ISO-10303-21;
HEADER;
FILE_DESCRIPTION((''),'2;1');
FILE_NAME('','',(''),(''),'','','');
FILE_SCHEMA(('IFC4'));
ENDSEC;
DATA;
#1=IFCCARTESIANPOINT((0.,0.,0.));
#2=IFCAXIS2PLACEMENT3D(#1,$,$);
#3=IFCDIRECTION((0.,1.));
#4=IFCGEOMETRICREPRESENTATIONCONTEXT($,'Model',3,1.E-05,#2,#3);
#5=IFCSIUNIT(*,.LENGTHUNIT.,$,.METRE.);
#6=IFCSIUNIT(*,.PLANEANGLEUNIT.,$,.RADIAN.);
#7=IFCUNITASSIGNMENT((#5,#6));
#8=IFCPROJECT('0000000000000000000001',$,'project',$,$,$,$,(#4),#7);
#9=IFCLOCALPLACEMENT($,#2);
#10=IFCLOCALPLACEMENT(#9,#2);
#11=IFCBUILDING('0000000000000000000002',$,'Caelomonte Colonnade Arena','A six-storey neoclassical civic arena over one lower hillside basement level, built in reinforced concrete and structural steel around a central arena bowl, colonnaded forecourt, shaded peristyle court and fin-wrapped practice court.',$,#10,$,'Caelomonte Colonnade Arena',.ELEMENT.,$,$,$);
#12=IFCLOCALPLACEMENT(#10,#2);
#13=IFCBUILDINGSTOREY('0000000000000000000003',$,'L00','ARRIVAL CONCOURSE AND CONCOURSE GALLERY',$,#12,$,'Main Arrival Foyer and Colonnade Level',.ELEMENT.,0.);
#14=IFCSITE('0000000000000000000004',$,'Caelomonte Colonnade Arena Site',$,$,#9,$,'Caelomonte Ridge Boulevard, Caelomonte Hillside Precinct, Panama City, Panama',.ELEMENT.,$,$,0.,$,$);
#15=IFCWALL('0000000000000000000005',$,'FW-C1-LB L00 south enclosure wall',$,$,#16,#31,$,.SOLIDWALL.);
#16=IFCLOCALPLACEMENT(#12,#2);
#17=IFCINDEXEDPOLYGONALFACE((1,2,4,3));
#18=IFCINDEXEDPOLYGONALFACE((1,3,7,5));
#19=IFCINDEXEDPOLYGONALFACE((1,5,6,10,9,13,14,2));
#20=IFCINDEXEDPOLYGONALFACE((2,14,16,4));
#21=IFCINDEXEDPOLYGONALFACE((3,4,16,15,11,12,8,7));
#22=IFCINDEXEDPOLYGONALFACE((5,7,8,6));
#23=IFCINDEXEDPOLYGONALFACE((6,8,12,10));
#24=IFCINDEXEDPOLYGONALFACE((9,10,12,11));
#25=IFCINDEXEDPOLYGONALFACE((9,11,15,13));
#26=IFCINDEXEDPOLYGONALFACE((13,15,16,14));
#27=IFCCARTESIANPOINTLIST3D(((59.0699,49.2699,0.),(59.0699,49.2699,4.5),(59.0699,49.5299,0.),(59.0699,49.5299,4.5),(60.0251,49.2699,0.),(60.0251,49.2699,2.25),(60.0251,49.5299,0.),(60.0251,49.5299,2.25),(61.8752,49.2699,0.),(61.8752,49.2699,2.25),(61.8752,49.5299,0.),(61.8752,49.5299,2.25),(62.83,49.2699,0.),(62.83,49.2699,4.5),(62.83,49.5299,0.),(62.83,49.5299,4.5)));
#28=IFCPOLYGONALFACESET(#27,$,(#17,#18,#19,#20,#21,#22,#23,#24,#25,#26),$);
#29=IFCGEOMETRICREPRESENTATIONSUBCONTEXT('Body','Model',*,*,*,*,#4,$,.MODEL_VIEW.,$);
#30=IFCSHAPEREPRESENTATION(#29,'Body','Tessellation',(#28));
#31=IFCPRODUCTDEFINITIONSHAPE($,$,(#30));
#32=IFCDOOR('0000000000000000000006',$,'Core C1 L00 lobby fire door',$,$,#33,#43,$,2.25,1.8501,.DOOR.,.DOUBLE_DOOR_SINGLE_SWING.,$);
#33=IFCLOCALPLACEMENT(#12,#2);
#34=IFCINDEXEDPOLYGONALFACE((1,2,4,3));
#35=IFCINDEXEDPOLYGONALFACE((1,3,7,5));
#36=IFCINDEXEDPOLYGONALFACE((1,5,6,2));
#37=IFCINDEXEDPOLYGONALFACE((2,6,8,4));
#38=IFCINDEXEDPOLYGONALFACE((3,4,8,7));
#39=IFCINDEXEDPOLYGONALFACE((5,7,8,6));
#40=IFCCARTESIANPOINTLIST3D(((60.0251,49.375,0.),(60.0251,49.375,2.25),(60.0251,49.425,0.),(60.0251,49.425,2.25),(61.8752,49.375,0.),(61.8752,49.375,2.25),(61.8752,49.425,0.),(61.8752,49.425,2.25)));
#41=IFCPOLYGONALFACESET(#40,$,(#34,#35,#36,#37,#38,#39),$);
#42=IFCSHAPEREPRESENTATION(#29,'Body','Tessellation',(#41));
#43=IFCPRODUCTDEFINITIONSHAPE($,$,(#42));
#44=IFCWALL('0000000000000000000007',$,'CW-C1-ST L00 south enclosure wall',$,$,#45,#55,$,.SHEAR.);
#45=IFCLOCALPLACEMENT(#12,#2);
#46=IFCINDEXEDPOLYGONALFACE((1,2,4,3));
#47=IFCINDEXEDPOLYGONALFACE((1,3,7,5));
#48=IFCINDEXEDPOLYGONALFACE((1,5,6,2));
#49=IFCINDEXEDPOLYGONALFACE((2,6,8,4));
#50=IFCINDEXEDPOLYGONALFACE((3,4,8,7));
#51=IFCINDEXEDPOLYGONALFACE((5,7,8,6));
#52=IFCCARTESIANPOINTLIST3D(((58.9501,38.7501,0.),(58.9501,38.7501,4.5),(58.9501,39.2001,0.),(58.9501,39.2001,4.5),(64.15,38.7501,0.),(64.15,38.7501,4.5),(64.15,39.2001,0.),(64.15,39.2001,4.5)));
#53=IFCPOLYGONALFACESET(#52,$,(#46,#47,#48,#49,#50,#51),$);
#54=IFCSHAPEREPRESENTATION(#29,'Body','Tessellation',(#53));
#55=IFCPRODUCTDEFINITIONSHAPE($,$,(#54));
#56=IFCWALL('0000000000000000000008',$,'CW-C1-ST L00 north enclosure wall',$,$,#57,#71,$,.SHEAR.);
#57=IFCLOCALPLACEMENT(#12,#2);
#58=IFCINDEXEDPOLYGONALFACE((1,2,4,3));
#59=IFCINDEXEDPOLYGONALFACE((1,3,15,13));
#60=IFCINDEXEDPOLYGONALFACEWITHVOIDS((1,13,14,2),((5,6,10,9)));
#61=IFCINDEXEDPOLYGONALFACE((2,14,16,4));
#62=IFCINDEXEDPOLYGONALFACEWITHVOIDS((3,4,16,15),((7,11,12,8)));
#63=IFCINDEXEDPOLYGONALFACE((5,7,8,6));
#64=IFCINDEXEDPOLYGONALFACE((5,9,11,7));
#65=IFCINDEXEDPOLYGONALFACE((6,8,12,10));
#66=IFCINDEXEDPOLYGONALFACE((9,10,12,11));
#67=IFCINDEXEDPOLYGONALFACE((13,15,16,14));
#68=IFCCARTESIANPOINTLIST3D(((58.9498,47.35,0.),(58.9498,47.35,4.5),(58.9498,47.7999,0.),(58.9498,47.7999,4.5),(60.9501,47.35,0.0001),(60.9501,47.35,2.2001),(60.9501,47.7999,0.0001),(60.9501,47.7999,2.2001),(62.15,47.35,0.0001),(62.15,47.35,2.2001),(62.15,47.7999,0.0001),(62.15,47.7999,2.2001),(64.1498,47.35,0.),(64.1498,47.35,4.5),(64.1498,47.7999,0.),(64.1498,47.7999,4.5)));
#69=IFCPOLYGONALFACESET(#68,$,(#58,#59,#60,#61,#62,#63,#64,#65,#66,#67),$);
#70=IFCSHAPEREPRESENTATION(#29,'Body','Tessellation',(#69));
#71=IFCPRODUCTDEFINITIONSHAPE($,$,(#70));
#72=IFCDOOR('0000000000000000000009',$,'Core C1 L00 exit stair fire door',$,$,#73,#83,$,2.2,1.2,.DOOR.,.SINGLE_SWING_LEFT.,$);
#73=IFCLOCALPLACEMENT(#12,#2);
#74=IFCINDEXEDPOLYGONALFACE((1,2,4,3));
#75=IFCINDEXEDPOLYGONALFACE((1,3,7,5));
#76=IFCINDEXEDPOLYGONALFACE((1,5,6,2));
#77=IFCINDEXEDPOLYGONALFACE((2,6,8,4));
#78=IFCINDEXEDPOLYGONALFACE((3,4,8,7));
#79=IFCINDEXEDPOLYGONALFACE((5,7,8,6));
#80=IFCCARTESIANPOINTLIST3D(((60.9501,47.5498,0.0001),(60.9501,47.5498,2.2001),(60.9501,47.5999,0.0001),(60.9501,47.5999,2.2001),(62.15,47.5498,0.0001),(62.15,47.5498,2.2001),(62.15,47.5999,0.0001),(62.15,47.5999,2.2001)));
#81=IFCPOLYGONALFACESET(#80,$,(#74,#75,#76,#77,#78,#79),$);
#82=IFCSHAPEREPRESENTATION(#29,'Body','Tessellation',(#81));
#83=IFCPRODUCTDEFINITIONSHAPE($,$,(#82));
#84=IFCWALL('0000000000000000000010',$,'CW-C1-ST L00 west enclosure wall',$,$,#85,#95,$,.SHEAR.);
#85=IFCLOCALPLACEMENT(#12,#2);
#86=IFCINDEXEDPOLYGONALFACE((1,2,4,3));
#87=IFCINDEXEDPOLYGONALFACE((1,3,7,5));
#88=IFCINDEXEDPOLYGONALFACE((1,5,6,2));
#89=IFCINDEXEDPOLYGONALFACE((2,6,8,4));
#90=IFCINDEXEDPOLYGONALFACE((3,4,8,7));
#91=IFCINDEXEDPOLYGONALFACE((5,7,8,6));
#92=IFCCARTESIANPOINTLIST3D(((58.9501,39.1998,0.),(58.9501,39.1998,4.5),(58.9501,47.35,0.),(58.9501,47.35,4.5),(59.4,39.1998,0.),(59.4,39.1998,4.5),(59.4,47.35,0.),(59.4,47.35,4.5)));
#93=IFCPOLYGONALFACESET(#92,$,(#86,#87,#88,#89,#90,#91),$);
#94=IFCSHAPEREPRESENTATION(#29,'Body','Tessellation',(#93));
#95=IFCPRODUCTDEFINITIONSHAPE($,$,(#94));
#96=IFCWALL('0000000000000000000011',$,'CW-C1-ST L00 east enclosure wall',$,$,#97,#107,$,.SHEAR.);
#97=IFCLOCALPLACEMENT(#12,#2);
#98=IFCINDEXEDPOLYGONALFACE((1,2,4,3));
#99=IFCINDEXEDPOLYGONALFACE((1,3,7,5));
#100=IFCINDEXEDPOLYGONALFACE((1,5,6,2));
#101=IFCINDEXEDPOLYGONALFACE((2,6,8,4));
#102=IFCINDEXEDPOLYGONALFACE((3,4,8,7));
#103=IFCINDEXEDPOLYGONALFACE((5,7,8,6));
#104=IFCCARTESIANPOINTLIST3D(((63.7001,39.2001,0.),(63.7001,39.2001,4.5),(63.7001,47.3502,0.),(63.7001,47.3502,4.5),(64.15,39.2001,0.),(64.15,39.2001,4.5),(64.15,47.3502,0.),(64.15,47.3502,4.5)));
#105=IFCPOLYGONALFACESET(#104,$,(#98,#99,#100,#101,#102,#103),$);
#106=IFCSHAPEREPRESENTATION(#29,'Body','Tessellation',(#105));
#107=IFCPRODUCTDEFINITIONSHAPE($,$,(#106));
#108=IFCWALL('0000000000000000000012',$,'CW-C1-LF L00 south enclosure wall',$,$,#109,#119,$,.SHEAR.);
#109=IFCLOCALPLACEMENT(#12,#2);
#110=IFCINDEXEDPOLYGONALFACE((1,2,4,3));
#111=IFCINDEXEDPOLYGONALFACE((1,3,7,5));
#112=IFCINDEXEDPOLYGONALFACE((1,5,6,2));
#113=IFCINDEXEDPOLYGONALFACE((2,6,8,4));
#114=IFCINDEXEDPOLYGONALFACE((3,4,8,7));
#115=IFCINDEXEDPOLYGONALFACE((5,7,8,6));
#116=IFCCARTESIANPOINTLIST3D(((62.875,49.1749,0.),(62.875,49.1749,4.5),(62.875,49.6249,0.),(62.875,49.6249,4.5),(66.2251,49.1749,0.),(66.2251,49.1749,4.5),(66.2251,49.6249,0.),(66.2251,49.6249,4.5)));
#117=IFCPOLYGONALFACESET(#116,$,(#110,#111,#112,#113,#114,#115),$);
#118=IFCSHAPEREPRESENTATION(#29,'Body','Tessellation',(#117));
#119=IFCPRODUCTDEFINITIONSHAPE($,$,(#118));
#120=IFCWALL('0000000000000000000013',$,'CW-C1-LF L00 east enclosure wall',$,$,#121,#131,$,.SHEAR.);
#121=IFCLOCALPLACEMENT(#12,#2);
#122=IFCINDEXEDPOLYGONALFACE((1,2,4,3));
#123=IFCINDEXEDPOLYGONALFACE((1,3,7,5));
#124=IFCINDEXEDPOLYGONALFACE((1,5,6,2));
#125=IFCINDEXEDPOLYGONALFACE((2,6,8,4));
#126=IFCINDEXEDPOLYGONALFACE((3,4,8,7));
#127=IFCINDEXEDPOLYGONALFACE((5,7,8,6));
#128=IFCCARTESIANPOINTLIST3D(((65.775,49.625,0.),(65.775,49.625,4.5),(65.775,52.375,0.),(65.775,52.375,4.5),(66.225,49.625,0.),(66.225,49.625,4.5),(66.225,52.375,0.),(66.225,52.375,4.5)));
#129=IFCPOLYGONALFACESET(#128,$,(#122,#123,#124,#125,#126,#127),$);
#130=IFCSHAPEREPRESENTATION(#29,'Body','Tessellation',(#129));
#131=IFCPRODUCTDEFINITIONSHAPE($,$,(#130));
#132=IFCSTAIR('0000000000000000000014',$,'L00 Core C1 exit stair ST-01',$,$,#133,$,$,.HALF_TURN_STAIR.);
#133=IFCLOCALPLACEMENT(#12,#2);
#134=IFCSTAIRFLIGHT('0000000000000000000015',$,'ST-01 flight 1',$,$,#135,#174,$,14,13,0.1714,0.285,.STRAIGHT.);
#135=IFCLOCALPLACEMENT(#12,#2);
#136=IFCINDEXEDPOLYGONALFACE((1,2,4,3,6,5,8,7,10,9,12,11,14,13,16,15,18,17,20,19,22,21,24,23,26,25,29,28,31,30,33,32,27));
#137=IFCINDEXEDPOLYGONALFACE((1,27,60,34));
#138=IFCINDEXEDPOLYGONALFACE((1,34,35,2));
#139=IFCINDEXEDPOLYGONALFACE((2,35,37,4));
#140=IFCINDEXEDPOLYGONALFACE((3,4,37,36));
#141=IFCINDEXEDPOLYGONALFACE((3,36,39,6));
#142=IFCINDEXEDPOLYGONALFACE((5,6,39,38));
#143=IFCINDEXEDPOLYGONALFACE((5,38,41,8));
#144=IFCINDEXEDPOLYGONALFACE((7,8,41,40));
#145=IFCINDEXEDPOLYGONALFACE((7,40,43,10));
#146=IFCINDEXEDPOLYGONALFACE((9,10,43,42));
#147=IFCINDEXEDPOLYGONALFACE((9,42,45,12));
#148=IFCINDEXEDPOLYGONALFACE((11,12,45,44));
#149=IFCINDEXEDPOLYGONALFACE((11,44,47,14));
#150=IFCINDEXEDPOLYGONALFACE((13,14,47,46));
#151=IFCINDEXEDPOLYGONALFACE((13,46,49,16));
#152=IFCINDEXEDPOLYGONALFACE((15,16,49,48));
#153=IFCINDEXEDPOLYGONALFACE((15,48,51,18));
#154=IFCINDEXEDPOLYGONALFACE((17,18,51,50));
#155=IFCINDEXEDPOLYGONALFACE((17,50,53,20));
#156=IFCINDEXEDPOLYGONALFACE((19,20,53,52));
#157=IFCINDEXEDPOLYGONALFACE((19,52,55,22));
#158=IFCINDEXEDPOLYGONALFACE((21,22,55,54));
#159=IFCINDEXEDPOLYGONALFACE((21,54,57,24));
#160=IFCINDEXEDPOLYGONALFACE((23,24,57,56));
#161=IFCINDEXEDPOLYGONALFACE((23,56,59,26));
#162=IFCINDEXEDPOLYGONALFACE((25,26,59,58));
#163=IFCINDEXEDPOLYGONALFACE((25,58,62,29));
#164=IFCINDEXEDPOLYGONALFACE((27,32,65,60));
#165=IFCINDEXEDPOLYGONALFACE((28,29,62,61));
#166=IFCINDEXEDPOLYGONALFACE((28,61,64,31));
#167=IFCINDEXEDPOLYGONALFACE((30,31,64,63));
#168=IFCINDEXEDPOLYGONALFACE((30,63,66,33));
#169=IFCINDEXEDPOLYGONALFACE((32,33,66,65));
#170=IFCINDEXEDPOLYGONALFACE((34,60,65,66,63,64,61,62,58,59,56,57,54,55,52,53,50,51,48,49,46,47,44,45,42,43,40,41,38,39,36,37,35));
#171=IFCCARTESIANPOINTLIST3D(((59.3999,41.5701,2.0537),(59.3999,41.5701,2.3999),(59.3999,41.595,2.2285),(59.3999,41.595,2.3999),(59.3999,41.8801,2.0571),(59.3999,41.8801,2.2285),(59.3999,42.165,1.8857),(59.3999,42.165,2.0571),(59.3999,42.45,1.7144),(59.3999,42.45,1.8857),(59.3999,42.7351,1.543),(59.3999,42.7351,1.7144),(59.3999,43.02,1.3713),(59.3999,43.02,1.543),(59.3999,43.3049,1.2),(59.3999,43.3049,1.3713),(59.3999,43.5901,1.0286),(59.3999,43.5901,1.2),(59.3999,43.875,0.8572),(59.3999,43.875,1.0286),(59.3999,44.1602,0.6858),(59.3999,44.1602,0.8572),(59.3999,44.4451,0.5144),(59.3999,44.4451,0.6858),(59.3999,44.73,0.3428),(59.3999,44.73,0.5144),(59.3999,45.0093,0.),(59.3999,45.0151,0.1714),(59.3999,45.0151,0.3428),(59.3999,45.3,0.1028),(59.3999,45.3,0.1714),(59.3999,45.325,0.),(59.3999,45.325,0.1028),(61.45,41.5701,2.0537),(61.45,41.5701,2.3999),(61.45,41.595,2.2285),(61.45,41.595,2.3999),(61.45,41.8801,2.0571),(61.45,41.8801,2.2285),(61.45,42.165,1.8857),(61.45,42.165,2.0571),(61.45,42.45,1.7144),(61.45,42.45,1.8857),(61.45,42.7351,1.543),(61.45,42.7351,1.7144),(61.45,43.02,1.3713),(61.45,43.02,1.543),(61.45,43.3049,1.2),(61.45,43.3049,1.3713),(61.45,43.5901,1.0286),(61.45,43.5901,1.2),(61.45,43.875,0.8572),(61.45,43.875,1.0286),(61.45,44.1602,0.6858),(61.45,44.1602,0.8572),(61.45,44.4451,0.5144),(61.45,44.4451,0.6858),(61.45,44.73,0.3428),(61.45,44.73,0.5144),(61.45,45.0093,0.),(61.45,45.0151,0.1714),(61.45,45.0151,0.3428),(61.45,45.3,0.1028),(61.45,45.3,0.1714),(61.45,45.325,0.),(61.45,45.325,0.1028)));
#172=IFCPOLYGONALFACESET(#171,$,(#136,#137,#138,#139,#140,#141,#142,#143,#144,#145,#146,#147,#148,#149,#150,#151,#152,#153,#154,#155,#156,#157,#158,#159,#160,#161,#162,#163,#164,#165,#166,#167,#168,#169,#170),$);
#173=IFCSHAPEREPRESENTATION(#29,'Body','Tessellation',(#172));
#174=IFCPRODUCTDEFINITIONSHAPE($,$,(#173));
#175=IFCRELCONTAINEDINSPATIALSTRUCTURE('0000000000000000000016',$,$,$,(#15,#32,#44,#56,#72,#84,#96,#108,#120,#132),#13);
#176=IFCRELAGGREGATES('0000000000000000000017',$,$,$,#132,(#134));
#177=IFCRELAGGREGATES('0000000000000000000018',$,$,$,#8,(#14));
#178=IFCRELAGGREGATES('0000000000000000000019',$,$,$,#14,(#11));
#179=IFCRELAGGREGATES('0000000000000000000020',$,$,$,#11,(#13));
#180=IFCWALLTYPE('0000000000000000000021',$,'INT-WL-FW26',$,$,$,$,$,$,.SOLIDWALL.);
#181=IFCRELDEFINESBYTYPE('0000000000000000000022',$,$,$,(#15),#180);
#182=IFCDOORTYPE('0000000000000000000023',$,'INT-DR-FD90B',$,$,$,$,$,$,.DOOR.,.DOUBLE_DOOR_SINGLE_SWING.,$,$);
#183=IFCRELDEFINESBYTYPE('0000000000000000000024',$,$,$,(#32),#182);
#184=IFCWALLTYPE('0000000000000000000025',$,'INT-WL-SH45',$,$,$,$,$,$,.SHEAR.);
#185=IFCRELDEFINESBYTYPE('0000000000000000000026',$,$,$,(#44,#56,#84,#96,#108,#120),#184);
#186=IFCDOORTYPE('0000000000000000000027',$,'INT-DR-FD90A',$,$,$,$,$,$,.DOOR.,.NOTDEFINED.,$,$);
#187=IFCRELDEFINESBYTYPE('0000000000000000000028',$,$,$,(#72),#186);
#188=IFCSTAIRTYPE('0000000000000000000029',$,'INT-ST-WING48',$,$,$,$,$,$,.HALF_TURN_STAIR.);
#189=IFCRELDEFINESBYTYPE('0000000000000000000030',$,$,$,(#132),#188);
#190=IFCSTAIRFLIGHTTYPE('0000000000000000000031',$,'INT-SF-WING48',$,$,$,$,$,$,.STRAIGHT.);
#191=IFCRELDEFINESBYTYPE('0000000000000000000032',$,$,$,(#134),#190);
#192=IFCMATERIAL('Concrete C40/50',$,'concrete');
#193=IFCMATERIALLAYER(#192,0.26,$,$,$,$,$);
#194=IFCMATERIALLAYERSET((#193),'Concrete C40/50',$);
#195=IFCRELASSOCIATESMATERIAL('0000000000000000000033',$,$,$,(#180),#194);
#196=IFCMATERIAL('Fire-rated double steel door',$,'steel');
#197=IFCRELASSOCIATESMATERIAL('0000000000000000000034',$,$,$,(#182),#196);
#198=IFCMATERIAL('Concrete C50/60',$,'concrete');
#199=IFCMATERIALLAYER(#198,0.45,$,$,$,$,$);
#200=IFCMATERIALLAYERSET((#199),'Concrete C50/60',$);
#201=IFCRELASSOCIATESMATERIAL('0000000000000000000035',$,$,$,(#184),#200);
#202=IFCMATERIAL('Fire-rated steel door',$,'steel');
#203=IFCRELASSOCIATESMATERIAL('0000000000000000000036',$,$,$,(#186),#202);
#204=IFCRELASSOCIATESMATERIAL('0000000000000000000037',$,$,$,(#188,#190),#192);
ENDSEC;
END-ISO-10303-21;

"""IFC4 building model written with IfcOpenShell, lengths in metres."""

from ifc_helpers import new_model, si_unit, direction, frame, frame_2d, origin, place, context, subcontext, project, spatial, polyline, rectangle, outline, extrude, material, layer, layer_set, type_object, element, fill, aggregate, save


model = new_model("IFC4")

# Units and contexts
model_context = context("Model", 3, precision=1e-05, world=origin(), true_north=direction((0.0, 1.0)))
body_context = subcontext(model_context, "Body", "Model", "MODEL_VIEW")
ifc_project = project(units=[si_unit("LENGTHUNIT", "METRE"), si_unit("PLANEANGLEUNIT", "RADIAN")], contexts=[model_context])

# Site, building, storey
site_placement = place(None, origin())
site = spatial("IfcSite", under=ifc_project, at=site_placement, Name="Caelomonte Colonnade Arena Site", LongName="Caelomonte Ridge Boulevard, Caelomonte Hillside Precinct, Panama City, Panama", CompositionType="ELEMENT", RefElevation=0.0)
building_placement = place(site_placement, origin())
building = spatial("IfcBuilding", under=site, at=building_placement, Name="Caelomonte Colonnade Arena", Description="A six-storey neoclassical civic arena over one lower hillside basement level, built in reinforced concrete and structural steel around a central arena bowl, colonnaded forecourt, shaded peristyle court and fin-wrapped practice court.", LongName="Caelomonte Colonnade Arena", CompositionType="ELEMENT")
storey_placement = place(building_placement, origin())
storey = spatial("IfcBuildingStorey", under=building, at=storey_placement, Name="L00", Description="ARRIVAL CONCOURSE AND CONCOURSE GALLERY", LongName="Main Arrival Foyer and Colonnade Level", CompositionType="ELEMENT", Elevation=0.0)

# Shared definitions
ifc_material_1 = material(Name="Concrete C50/60", Category="concrete")

# Shared definitions
ifc_material_2 = material(Name="Concrete C40/50", Category="concrete")

# Wall, opening, door
ifc_layer_1 = layer(ifc_material_2, 0.26)
ifc_layer_set_1 = layer_set([ifc_layer_1], Name="Concrete C40/50")
wall_type_1 = type_object("IfcWallType", Name="INT-WL-FW26", PredefinedType="SOLIDWALL", material=ifc_layer_set_1)
wall_1_placement = place(storey_placement, frame((59.0701, 49.3999, 0.0), z_axis=(0.0, 0.0, 1.0), x_axis=(1.0, 0.0, 0.0)))
wall_1 = element("IfcWall", 1, at=wall_1_placement, inside=storey, type_object=wall_type_1, Name="FW-C1-LB L00 south enclosure wall", PredefinedType="SOLIDWALL", context=body_context, shape_type="SweptSolid", body=[
    extrude(rectangle(XDim=3.76, YDim=0.26, at=frame_2d((1.8799, 0.0))), origin(), (0.0, 0.0, 1.0), 4.5),
])
opening_1_placement = place(wall_1_placement, frame((2.8052, 0.0, 0.0), z_axis=(0.0, 0.0, 1.0), x_axis=(-1.0, 0.0, 0.0)))
opening_1 = element("IfcOpeningElement", 2, at=opening_1_placement, cuts=wall_1, PredefinedType="OPENING", context=body_context, shape_type="SweptSolid", body=[
    extrude(rectangle(XDim=1.8501, YDim=2.25, at=frame_2d((0.925, 1.125))), frame((0.0, 0.1399, 0.0), z_axis=(0.0, -1.0, 0.0), x_axis=(1.0, 0.0, 0.0)), (0.0, 0.0, 1.0), 0.28),
])
ifc_material_3 = material(Name="Fire-rated double steel door", Category="steel")
door_type_1 = type_object("IfcDoorType", Name="INT-DR-FD90B", OperationType="DOUBLE_DOOR_SINGLE_SWING", PredefinedType="DOOR", material=ifc_material_3)
door_1_placement = place(opening_1_placement, origin())
door_1 = element("IfcDoor", 3, at=door_1_placement, inside=storey, type_object=door_type_1, Name="Core C1 L00 lobby fire door", OperationType="DOUBLE_DOOR_SINGLE_SWING", OverallHeight=2.25, OverallWidth=1.8501, PredefinedType="DOOR", context=body_context, shape_type="SweptSolid", body=[
    extrude(rectangle(XDim=1.8501, YDim=2.25, at=frame_2d((0.925, 1.125))), frame((0.0, 0.0249, 0.0), z_axis=(0.0, -1.0, 0.0), x_axis=(1.0, 0.0, 0.0)), (0.0, 0.0, 1.0), 0.05),
])
fill(opening_1, door_1)

# Wall
ifc_layer_2 = layer(ifc_material_1, 0.45)
ifc_layer_set_2 = layer_set([ifc_layer_2], Name="Concrete C50/60")
wall_type_2 = type_object("IfcWallType", Name="INT-WL-SH45", PredefinedType="SHEAR", material=ifc_layer_set_2)
wall_2_placement = place(storey_placement, frame((58.95, 38.9751, 0.0), z_axis=(0.0, 0.0, 1.0), x_axis=(1.0, 0.0, 0.0)))
element("IfcWall", 4, at=wall_2_placement, inside=storey, type_object=wall_type_2, Name="CW-C1-ST L00 south enclosure wall", PredefinedType="SHEAR", context=body_context, shape_type="SweptSolid", body=[
    extrude(rectangle(XDim=5.2, YDim=0.45, at=frame_2d((2.6001, 0.0))), origin(), (0.0, 0.0, 1.0), 4.5),
])

# Wall, opening, door
wall_3_placement = place(storey_placement, frame((64.1499, 47.575, 0.0), z_axis=(0.0, 0.0, 1.0), x_axis=(-1.0, 0.0, 0.0)))
wall_3 = element("IfcWall", 5, at=wall_3_placement, inside=storey, type_object=wall_type_2, Name="CW-C1-ST L00 north enclosure wall", PredefinedType="SHEAR", context=body_context, shape_type="SweptSolid", body=[
    extrude(rectangle(XDim=5.2, YDim=0.45, at=frame_2d((2.6001, 0.0))), origin(), (0.0, 0.0, 1.0), 4.5),
])
opening_2_placement = place(wall_3_placement, frame((3.2, 0.0, 0.0), z_axis=(0.0, 0.0, 1.0), x_axis=(-1.0, 0.0, 0.0)))
opening_2 = element("IfcOpeningElement", 6, at=opening_2_placement, cuts=wall_3, PredefinedType="OPENING", context=body_context, shape_type="SweptSolid", body=[
    extrude(rectangle(XDim=1.2, YDim=2.2, at=frame_2d((0.6001, 1.1001))), frame((0.0, 0.2349, 0.0), z_axis=(0.0, -1.0, 0.0), x_axis=(1.0, 0.0, 0.0)), (0.0, 0.0, 1.0), 0.47),
])
ifc_material_4 = material(Name="Fire-rated steel door", Category="steel")
door_type_2 = type_object("IfcDoorType", Name="INT-DR-FD90A", OperationType="NOTDEFINED", PredefinedType="DOOR", material=ifc_material_4)
door_2_placement = place(opening_2_placement, origin())
door_2 = element("IfcDoor", 7, at=door_2_placement, inside=storey, type_object=door_type_2, Name="Core C1 L00 exit stair fire door", OperationType="SINGLE_SWING_LEFT", OverallHeight=2.2, OverallWidth=1.2, PredefinedType="DOOR", context=body_context, shape_type="SweptSolid", body=[
    extrude(rectangle(XDim=1.2, YDim=2.2, at=frame_2d((0.6001, 1.1001))), frame((0.0, 0.0249, 0.0), z_axis=(0.0, -1.0, 0.0), x_axis=(1.0, 0.0, 0.0)), (0.0, 0.0, 1.0), 0.05),
])
fill(opening_2, door_2)

# Walls
for number, where, z_axis, x_axis, name in (
    (8, (59.175, 47.3501, 0.0), (0.0, 0.0, 1.0), (0.0, -1.0, 0.0), "CW-C1-ST L00 west enclosure wall"),
    (9, (63.925, 39.2, 0.0), (0.0, 0.0, 1.0), (0.0, 1.0, 0.0), "CW-C1-ST L00 east enclosure wall"),
):
    element("IfcWall", number, at=place(storey_placement, frame(where, z_axis=z_axis, x_axis=x_axis)), inside=storey, type_object=wall_type_2, Name=name, PredefinedType="SHEAR", context=body_context, shape_type="SweptSolid", body=[
        extrude(rectangle(XDim=8.1501, YDim=0.45, at=frame_2d((4.0752, 0.0))), origin(), (0.0, 0.0, 1.0), 4.5),
    ])
wall_4_placement = place(storey_placement, frame((62.875, 49.3999, 0.0), z_axis=(0.0, 0.0, 1.0), x_axis=(1.0, 0.0, 0.0)))
element("IfcWall", 10, at=wall_4_placement, inside=storey, type_object=wall_type_2, Name="CW-C1-LF L00 south enclosure wall", PredefinedType="SHEAR", context=body_context, shape_type="SweptSolid", body=[
    extrude(rectangle(XDim=3.3501, YDim=0.45, at=frame_2d((1.675, 0.0))), origin(), (0.0, 0.0, 1.0), 4.5),
])
wall_5_placement = place(storey_placement, frame((66.0, 49.625, 0.0), z_axis=(0.0, 0.0, 1.0), x_axis=(0.0, 1.0, 0.0)))
element("IfcWall", 11, at=wall_5_placement, inside=storey, type_object=wall_type_2, Name="CW-C1-LF L00 east enclosure wall", PredefinedType="SHEAR", context=body_context, shape_type="SweptSolid", body=[
    extrude(rectangle(XDim=2.75, YDim=0.45, at=frame_2d((1.375, 0.0))), origin(), (0.0, 0.0, 1.0), 4.5),
])

# Stair, stair flight
stair_type = type_object("IfcStairType", Name="INT-ST-WING48", PredefinedType="HALF_TURN_STAIR", material=ifc_material_2)
stair_placement = place(storey_placement, origin())
stair = element("IfcStair", 12, at=stair_placement, inside=storey, type_object=stair_type, Name="L00 Core C1 exit stair ST-01", PredefinedType="HALF_TURN_STAIR")
stair_flight_type = type_object("IfcStairFlightType", Name="INT-SF-WING48", PredefinedType="STRAIGHT", material=ifc_material_2)
stair_flight_1_placement = place(storey_placement, frame((60.425, 45.3, 0.0), z_axis=(0.0, 0.0, 1.0), x_axis=(0.0, -1.0, 0.0)))
stair_flight_1 = element("IfcStairFlight", 13, at=stair_flight_1_placement, type_object=stair_flight_type, Name="ST-01 flight 1", NumberOfRisers=14, NumberOfTreads=13, PredefinedType="STRAIGHT", RiserHeight=0.1714, TreadLength=0.285, context=body_context, shape_type="SweptSolid", body=[
    extrude(outline(polyline([(-0.0249, 0.0), (-0.0249, 0.1028), (0.0, 0.1028), (0.0, 0.1714), (0.2849, 0.1714), (0.2849, 0.3428), (0.5701, 0.3428), (0.5701, 0.5144), (0.855, 0.5144), (0.855, 0.6858), (1.1399, 0.6858), (1.1399, 0.8572), (1.425, 0.8572), (1.425, 1.0286), (1.71, 1.0286), (1.71, 1.2), (1.9951, 1.2), (1.9951, 1.3713), (2.28, 1.3713), (2.28, 1.543), (2.5649, 1.543), (2.5649, 1.7144), (2.8501, 1.7144), (2.8501, 1.8857), (3.135, 1.8857), (3.135, 2.0571), (3.4199, 2.0571), (3.4199, 2.2285), (3.7051, 2.2285), (3.7051, 2.3999), (3.73, 2.3999), (3.73, 2.0537), (0.2908, 0.0), (-0.0249, 0.0)])), frame((0.0, 1.0249, 0.0), z_axis=(0.0, -1.0, 0.0), x_axis=(1.0, 0.0, 0.0)), (0.0, 0.0, 1.0), 2.05),
])
aggregate(stair, [stair_flight_1])

save(model, "model.ifc")
